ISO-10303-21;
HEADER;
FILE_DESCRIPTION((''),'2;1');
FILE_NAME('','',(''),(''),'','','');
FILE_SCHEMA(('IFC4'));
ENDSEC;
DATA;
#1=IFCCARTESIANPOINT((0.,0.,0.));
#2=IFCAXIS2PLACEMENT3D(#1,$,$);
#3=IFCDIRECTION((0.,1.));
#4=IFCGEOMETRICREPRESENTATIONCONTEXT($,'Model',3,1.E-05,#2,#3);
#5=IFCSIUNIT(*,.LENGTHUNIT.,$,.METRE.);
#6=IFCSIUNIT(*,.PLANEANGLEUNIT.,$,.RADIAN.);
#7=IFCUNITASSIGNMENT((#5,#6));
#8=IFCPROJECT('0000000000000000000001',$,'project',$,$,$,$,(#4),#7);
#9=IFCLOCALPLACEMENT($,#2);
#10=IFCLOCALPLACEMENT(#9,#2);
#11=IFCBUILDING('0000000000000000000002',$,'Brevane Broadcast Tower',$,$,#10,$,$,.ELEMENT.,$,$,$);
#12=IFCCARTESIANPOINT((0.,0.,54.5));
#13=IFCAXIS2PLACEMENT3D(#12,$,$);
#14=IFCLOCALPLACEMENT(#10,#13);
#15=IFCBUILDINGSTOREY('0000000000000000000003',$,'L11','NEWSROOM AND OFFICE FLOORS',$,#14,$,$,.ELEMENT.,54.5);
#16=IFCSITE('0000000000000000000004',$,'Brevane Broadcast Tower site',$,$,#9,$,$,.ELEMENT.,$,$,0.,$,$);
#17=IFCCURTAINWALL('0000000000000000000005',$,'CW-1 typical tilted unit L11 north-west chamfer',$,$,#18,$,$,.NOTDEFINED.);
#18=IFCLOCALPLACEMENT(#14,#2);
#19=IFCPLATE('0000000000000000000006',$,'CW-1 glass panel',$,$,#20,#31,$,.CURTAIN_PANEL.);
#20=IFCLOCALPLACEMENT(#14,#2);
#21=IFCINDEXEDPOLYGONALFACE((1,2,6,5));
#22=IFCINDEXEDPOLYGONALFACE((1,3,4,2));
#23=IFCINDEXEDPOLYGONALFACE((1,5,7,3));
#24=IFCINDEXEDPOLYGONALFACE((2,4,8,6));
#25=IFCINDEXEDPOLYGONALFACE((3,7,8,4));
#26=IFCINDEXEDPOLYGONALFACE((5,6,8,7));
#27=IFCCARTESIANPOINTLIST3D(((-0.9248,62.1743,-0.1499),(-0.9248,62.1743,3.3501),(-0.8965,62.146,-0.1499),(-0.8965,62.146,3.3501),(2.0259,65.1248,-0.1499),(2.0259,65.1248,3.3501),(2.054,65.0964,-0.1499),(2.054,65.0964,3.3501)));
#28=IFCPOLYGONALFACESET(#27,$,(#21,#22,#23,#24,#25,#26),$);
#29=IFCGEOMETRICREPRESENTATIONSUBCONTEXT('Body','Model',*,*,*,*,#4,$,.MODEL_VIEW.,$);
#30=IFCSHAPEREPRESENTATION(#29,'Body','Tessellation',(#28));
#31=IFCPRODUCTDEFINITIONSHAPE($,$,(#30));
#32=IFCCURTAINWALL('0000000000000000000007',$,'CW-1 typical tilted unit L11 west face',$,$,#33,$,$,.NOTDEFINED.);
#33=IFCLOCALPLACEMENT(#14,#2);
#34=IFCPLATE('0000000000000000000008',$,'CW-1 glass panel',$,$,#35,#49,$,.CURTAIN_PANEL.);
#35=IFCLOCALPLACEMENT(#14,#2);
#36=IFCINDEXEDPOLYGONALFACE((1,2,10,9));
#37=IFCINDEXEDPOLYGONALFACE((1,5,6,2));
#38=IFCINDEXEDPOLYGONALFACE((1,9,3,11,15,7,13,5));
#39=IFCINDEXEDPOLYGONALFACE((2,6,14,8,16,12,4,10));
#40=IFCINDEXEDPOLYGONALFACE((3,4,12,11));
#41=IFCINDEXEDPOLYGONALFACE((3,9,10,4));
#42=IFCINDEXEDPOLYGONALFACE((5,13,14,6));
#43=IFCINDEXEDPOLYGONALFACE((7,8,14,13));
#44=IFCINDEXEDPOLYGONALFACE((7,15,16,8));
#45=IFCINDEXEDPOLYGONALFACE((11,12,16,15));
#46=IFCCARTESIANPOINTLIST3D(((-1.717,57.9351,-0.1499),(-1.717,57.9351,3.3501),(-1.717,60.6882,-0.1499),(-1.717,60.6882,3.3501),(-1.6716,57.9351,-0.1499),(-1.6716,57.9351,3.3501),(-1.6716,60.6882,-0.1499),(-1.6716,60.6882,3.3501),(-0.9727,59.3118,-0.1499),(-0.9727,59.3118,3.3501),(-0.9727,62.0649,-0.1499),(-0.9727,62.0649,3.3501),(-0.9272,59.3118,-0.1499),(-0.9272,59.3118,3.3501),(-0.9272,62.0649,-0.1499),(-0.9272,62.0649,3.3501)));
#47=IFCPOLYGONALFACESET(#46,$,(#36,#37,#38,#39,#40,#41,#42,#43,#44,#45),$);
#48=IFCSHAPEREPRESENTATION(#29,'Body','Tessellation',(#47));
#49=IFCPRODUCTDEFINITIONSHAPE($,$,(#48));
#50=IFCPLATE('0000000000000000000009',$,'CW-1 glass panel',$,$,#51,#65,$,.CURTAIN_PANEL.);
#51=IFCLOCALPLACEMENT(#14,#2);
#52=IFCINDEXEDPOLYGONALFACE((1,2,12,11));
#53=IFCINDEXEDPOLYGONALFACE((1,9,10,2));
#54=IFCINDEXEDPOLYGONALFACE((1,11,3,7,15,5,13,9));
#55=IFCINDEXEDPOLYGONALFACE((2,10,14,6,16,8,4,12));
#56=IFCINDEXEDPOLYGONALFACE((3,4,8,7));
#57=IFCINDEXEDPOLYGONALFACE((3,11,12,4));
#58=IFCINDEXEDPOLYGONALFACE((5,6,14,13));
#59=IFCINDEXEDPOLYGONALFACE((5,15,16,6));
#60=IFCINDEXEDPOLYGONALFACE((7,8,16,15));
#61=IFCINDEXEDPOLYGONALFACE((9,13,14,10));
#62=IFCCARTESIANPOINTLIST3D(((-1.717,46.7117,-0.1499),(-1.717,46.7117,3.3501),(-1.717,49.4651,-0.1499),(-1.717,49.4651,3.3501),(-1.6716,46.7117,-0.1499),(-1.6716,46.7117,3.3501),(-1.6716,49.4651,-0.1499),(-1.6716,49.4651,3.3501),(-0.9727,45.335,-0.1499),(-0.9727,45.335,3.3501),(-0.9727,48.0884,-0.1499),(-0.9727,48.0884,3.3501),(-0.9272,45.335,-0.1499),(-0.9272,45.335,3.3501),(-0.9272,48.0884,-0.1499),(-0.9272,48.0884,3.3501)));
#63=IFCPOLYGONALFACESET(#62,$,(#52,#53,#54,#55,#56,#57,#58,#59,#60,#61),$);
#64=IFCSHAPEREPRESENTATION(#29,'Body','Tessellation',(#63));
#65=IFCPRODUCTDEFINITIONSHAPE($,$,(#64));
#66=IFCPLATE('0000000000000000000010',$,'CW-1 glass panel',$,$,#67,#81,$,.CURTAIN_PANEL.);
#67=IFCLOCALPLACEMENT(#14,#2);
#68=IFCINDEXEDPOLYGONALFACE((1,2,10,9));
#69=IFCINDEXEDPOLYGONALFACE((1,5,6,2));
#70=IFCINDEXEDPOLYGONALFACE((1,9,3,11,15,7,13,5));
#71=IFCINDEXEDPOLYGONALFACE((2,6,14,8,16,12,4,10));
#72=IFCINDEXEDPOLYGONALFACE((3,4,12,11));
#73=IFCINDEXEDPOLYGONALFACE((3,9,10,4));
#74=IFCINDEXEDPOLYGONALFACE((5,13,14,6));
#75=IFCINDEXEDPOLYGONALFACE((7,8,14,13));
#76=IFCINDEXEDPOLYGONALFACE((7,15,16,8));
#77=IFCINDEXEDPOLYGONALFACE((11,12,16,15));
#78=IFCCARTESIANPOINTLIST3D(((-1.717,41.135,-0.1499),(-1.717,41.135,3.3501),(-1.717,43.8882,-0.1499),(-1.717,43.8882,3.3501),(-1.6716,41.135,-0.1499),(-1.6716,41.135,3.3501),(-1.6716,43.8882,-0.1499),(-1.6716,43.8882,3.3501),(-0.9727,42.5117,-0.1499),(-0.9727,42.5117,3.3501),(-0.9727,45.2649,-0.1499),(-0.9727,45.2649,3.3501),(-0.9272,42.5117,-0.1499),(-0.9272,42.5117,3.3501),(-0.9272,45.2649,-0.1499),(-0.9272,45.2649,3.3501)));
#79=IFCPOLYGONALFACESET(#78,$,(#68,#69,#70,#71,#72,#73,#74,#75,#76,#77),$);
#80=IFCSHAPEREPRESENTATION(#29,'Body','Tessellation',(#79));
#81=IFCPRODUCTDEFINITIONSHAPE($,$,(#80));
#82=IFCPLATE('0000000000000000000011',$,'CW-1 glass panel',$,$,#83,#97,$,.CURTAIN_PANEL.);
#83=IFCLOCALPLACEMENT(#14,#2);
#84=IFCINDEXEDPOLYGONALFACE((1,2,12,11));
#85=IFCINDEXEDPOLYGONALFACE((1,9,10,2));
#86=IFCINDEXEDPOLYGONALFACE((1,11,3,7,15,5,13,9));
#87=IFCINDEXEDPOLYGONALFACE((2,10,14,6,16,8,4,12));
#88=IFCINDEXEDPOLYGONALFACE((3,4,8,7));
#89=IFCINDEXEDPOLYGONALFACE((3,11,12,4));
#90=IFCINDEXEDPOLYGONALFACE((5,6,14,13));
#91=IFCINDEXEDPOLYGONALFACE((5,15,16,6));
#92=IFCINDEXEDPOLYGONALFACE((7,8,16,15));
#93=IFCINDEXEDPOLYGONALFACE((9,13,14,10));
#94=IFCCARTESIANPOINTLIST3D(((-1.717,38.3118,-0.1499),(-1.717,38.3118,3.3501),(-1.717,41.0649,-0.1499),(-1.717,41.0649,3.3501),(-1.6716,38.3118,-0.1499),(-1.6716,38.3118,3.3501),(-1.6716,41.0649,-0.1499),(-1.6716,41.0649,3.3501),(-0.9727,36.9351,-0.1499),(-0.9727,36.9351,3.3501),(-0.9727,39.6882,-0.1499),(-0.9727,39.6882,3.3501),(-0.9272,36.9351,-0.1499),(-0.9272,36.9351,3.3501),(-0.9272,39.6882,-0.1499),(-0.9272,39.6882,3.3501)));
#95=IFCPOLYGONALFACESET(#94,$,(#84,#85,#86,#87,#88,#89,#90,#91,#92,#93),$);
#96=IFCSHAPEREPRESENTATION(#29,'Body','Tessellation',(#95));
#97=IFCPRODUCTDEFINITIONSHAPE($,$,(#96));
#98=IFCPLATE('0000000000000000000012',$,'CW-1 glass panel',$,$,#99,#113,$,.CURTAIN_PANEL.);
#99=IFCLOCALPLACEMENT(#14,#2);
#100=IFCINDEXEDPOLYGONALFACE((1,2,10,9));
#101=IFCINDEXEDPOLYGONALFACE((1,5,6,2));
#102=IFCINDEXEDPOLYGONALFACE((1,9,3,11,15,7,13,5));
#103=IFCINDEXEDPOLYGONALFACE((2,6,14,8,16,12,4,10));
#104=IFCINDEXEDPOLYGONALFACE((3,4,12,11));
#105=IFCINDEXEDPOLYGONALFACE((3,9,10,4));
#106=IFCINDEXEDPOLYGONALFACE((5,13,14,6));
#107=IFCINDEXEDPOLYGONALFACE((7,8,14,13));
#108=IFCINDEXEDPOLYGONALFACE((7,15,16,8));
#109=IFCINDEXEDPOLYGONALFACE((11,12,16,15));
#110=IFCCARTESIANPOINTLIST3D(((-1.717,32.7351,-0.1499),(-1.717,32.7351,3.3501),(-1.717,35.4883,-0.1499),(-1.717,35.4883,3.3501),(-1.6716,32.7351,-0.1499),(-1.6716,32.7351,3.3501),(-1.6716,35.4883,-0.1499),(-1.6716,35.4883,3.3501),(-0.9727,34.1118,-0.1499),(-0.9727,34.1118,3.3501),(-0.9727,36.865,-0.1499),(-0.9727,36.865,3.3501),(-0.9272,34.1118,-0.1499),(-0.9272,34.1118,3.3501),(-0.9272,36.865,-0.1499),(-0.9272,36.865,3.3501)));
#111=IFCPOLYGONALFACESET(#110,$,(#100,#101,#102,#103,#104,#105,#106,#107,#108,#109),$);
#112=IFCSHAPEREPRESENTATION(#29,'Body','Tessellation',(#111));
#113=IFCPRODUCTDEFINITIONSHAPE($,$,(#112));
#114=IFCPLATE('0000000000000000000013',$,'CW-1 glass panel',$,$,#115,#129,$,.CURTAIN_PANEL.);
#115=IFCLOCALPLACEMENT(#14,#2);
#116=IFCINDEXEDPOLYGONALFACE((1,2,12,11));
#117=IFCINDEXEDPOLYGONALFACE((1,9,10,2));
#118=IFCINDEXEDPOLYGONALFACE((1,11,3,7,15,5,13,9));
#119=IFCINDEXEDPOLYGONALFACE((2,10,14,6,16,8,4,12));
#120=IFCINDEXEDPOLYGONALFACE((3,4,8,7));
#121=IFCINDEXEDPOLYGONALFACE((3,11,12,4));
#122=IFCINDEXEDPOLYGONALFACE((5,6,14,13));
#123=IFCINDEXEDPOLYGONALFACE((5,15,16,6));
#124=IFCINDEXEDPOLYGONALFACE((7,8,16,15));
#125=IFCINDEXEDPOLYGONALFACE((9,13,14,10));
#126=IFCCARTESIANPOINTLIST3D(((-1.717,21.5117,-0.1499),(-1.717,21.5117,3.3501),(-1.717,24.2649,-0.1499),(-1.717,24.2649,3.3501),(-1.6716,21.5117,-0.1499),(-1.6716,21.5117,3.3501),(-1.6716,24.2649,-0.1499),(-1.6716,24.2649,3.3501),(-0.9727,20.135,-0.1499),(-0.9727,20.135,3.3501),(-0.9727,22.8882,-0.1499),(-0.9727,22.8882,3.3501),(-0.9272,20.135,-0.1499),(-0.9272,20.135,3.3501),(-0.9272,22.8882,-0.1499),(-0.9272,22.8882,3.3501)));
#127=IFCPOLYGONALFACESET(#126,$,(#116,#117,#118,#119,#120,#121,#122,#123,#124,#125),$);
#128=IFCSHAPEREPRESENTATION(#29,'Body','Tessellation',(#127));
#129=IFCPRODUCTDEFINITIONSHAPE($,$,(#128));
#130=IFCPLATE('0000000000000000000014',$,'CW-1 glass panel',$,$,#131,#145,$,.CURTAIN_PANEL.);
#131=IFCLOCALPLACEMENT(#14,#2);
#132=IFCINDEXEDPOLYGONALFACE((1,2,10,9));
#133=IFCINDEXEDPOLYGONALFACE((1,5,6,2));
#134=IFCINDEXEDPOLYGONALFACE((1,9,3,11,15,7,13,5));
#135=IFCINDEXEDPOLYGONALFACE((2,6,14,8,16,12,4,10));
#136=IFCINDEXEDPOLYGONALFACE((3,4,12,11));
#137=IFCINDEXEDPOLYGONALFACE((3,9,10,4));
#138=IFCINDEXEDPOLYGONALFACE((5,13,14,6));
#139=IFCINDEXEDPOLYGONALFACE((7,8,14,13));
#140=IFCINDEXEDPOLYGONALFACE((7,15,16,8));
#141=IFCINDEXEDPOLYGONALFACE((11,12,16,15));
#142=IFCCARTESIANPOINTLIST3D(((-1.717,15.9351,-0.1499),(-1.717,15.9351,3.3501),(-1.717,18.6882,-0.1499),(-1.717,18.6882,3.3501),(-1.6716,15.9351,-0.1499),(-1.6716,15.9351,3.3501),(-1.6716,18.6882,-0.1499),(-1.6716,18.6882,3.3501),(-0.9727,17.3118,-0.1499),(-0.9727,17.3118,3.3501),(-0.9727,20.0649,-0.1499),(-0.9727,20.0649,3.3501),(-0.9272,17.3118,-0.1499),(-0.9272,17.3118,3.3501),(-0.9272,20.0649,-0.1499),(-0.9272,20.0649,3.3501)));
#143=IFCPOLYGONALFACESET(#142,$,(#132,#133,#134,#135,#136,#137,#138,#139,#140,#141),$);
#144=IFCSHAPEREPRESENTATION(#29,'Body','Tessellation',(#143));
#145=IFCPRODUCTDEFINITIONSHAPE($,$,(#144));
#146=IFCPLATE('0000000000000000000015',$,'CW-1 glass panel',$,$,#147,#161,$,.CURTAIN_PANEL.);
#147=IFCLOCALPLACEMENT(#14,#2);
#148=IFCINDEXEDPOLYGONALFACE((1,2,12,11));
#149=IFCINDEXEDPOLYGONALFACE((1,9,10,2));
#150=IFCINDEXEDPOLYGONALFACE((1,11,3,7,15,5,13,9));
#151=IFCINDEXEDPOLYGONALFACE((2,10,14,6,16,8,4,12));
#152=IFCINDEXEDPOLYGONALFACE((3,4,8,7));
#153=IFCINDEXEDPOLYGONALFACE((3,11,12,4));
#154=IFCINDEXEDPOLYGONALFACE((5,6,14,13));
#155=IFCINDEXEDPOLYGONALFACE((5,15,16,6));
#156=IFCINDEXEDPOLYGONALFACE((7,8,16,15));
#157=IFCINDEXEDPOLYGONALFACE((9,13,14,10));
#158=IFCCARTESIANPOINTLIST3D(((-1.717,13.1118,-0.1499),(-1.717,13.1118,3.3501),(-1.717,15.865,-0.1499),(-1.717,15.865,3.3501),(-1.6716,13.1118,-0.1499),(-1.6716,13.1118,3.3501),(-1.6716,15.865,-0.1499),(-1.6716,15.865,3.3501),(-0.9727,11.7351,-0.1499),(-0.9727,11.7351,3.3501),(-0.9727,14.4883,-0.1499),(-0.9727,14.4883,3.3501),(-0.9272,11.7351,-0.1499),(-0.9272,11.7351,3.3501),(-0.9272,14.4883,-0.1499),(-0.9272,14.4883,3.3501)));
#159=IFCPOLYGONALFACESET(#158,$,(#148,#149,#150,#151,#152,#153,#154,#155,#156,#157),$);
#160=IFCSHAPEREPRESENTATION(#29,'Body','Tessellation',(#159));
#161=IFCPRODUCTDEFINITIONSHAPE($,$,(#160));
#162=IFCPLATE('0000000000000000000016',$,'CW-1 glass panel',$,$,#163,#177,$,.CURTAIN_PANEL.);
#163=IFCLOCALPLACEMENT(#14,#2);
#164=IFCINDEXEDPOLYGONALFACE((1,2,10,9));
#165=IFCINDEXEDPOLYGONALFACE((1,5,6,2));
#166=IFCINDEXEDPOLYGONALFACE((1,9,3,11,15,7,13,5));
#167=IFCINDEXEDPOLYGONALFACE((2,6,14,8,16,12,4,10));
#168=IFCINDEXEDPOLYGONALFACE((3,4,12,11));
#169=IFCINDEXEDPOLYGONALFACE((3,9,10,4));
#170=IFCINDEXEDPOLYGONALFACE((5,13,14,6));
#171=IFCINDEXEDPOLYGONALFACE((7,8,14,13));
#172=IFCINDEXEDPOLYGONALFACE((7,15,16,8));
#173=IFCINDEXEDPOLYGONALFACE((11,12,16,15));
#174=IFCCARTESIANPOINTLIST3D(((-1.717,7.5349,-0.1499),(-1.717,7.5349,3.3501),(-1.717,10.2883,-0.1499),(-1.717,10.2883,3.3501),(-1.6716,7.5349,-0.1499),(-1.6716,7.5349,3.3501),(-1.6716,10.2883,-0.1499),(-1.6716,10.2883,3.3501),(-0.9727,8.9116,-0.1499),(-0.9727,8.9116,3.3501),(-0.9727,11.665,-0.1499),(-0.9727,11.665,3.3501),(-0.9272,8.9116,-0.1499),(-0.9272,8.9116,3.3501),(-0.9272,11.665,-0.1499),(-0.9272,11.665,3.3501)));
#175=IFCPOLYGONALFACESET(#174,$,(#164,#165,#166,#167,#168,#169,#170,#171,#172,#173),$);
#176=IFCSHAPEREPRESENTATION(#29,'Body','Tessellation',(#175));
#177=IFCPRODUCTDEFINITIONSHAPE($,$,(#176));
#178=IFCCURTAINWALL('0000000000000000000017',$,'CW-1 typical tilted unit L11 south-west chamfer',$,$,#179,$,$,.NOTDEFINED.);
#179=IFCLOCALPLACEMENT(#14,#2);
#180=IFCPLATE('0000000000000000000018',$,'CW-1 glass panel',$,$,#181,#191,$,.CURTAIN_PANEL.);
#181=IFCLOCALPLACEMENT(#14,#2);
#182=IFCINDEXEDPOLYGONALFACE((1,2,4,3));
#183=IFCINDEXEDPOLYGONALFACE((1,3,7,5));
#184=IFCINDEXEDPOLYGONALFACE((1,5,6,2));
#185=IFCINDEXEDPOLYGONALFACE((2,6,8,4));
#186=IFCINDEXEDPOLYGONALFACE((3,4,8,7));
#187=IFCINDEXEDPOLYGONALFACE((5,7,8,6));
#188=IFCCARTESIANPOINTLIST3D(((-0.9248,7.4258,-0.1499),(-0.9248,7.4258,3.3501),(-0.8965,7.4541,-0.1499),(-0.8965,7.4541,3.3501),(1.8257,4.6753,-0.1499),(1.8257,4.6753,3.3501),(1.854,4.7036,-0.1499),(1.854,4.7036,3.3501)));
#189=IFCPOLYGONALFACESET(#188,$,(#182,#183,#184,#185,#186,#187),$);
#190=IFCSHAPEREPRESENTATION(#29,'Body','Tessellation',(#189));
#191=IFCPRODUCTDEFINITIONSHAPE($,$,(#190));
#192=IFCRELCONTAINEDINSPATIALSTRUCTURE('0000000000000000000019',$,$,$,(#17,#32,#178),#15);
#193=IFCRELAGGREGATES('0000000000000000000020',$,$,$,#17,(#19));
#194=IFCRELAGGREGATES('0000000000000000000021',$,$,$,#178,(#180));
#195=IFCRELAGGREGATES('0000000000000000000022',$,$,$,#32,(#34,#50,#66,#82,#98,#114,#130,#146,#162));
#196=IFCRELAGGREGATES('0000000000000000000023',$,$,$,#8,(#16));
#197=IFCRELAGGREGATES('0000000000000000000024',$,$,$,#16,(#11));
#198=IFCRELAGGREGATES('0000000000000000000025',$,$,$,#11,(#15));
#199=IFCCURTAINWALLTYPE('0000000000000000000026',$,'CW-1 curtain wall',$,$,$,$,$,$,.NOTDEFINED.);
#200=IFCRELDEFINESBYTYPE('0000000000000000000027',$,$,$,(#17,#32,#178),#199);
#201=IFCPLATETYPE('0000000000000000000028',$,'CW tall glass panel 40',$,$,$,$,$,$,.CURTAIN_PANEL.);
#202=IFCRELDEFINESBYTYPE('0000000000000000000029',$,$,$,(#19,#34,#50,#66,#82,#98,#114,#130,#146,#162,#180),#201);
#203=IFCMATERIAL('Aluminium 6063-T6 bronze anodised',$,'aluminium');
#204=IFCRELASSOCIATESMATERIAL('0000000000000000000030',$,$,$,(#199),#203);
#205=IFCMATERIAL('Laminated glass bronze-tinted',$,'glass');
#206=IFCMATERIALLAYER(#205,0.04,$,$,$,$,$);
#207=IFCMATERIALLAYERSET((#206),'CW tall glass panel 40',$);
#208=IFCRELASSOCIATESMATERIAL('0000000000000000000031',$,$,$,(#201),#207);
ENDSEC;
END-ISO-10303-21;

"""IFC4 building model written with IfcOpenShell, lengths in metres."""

from ifc_helpers import new_model, si_unit, direction, frame, origin, place, context, subcontext, project, spatial, polyline, outline, extrude, material, layer, layer_set, type_object, element, aggregate, save


model = new_model("IFC4")

# Units and contexts
model_context = context("Model", 3, precision=1e-05, world=origin(), true_north=direction((0.0, 1.0)))
body_context = subcontext(model_context, "Body", "Model", "MODEL_VIEW")
ifc_project = project(units=[si_unit("LENGTHUNIT", "METRE"), si_unit("PLANEANGLEUNIT", "RADIAN")], contexts=[model_context])

# Site, building, storey
site_placement = place(None, origin())
site = spatial("IfcSite", under=ifc_project, at=site_placement, Name="Brevane Broadcast Tower site", CompositionType="ELEMENT", RefElevation=0.0)
building_placement = place(site_placement, origin())
building = spatial("IfcBuilding", under=site, at=building_placement, Name="Brevane Broadcast Tower", CompositionType="ELEMENT")
storey_placement = place(building_placement, frame((0.0, 0.0, 54.5)))
storey = spatial("IfcBuildingStorey", under=building, at=storey_placement, Name="L11", Description="NEWSROOM AND OFFICE FLOORS", CompositionType="ELEMENT", Elevation=54.5)

# Curtain wall, plate
ifc_material_1 = material(Name="Aluminium 6063-T6 bronze anodised", Category="aluminium")
curtain_wall_type = type_object("IfcCurtainWallType", Name="CW-1 curtain wall", PredefinedType="NOTDEFINED", material=ifc_material_1)
curtain_wall_1_placement = place(storey_placement, origin())
curtain_wall_1 = element("IfcCurtainWall", 1, at=curtain_wall_1_placement, inside=storey, type_object=curtain_wall_type, Name="CW-1 typical tilted unit L11 north-west chamfer", PredefinedType="NOTDEFINED")
ifc_material_2 = material(Name="Laminated glass bronze-tinted", Category="glass")
ifc_layer_1 = layer(ifc_material_2, 0.04)
ifc_layer_set_1 = layer_set([ifc_layer_1], Name="CW tall glass panel 40")
plate_type = type_object("IfcPlateType", Name="CW tall glass panel 40", PredefinedType="CURTAIN_PANEL", material=ifc_layer_set_1)
plate_1_placement = place(storey_placement, frame((0.0, 0.0, -0.1499)))
plate_1 = element("IfcPlate", 2, at=plate_1_placement, type_object=plate_type, Name="CW-1 glass panel", PredefinedType="CURTAIN_PANEL", context=body_context, shape_type="SweptSolid", body=[
    extrude(outline(polyline([(2.054, 65.0964), (-0.8965, 62.146), (-0.9248, 62.1743), (2.0259, 65.1248), (2.054, 65.0964)])), origin(), (0.0, 0.0, 1.0), 3.5),
])
aggregate(curtain_wall_1, [plate_1])

# Curtain walls, plates
curtain_wall_2_placement = place(storey_placement, origin())
curtain_wall_2 = element("IfcCurtainWall", 3, at=curtain_wall_2_placement, inside=storey, type_object=curtain_wall_type, Name="CW-1 typical tilted unit L11 west face", PredefinedType="NOTDEFINED")
plate_2_placement = place(storey_placement, frame((0.0, 0.0, -0.1499)))
plate_2 = element("IfcPlate", 4, at=plate_2_placement, type_object=plate_type, Name="CW-1 glass panel", PredefinedType="CURTAIN_PANEL", context=body_context, shape_type="SweptSolid", body=[
    extrude(outline(polyline([(-0.9272, 62.0649), (-0.9727, 62.0649), (-1.717, 60.6882), (-0.9727, 59.3118), (-1.717, 57.9351), (-1.6716, 57.9351), (-0.9272, 59.3118), (-1.6716, 60.6882), (-0.9272, 62.0649)])), origin(), (0.0, 0.0, 1.0), 3.5),
])
plate_3_placement = place(storey_placement, frame((0.0, 0.0, -0.1499)))
plate_3 = element("IfcPlate", 5, at=plate_3_placement, type_object=plate_type, Name="CW-1 glass panel", PredefinedType="CURTAIN_PANEL", context=body_context, shape_type="SweptSolid", body=[
    extrude(outline(polyline([(-1.6716, 49.4651), (-1.717, 49.4651), (-0.9727, 48.0884), (-1.717, 46.7117), (-0.9727, 45.335), (-0.9272, 45.335), (-1.6716, 46.7117), (-0.9272, 48.0884), (-1.6716, 49.4651)])), origin(), (0.0, 0.0, 1.0), 3.5),
])
plate_4_placement = place(storey_placement, frame((0.0, 0.0, -0.1499)))
plate_4 = element("IfcPlate", 6, at=plate_4_placement, type_object=plate_type, Name="CW-1 glass panel", PredefinedType="CURTAIN_PANEL", context=body_context, shape_type="SweptSolid", body=[
    extrude(outline(polyline([(-0.9272, 45.2649), (-0.9727, 45.2649), (-1.717, 43.8882), (-0.9727, 42.5117), (-1.717, 41.135), (-1.6716, 41.135), (-0.9272, 42.5117), (-1.6716, 43.8882), (-0.9272, 45.2649)])), origin(), (0.0, 0.0, 1.0), 3.5),
])
plate_5_placement = place(storey_placement, frame((0.0, 0.0, -0.1499)))
plate_5 = element("IfcPlate", 7, at=plate_5_placement, type_object=plate_type, Name="CW-1 glass panel", PredefinedType="CURTAIN_PANEL", context=body_context, shape_type="SweptSolid", body=[
    extrude(outline(polyline([(-1.6716, 41.0649), (-1.717, 41.0649), (-0.9727, 39.6882), (-1.717, 38.3118), (-0.9727, 36.9351), (-0.9272, 36.9351), (-1.6716, 38.3118), (-0.9272, 39.6882), (-1.6716, 41.0649)])), origin(), (0.0, 0.0, 1.0), 3.5),
])
plate_6_placement = place(storey_placement, frame((0.0, 0.0, -0.1499)))
plate_6 = element("IfcPlate", 8, at=plate_6_placement, type_object=plate_type, Name="CW-1 glass panel", PredefinedType="CURTAIN_PANEL", context=body_context, shape_type="SweptSolid", body=[
    extrude(outline(polyline([(-0.9272, 36.865), (-0.9727, 36.865), (-1.717, 35.4883), (-0.9727, 34.1118), (-1.717, 32.7351), (-1.6716, 32.7351), (-0.9272, 34.1118), (-1.6716, 35.4883), (-0.9272, 36.865)])), origin(), (0.0, 0.0, 1.0), 3.5),
])
plate_7_placement = place(storey_placement, frame((0.0, 0.0, -0.1499)))
plate_7 = element("IfcPlate", 9, at=plate_7_placement, type_object=plate_type, Name="CW-1 glass panel", PredefinedType="CURTAIN_PANEL", context=body_context, shape_type="SweptSolid", body=[
    extrude(outline(polyline([(-1.6716, 24.2649), (-1.717, 24.2649), (-0.9727, 22.8882), (-1.717, 21.5117), (-0.9727, 20.135), (-0.9272, 20.135), (-1.6716, 21.5117), (-0.9272, 22.8882), (-1.6716, 24.2649)])), origin(), (0.0, 0.0, 1.0), 3.5),
])
plate_8_placement = place(storey_placement, frame((0.0, 0.0, -0.1499)))
plate_8 = element("IfcPlate", 10, at=plate_8_placement, type_object=plate_type, Name="CW-1 glass panel", PredefinedType="CURTAIN_PANEL", context=body_context, shape_type="SweptSolid", body=[
    extrude(outline(polyline([(-0.9272, 20.0649), (-0.9727, 20.0649), (-1.717, 18.6882), (-0.9727, 17.3118), (-1.717, 15.9351), (-1.6716, 15.9351), (-0.9272, 17.3118), (-1.6716, 18.6882), (-0.9272, 20.0649)])), origin(), (0.0, 0.0, 1.0), 3.5),
])
plate_9_placement = place(storey_placement, frame((0.0, 0.0, -0.1499)))
plate_9 = element("IfcPlate", 11, at=plate_9_placement, type_object=plate_type, Name="CW-1 glass panel", PredefinedType="CURTAIN_PANEL", context=body_context, shape_type="SweptSolid", body=[
    extrude(outline(polyline([(-1.6716, 15.865), (-1.717, 15.865), (-0.9727, 14.4883), (-1.717, 13.1118), (-0.9727, 11.7351), (-0.9272, 11.7351), (-1.6716, 13.1118), (-0.9272, 14.4883), (-1.6716, 15.865)])), origin(), (0.0, 0.0, 1.0), 3.5),
])
plate_10_placement = place(storey_placement, frame((0.0, 0.0, -0.1499)))
plate_10 = element("IfcPlate", 12, at=plate_10_placement, type_object=plate_type, Name="CW-1 glass panel", PredefinedType="CURTAIN_PANEL", context=body_context, shape_type="SweptSolid", body=[
    extrude(outline(polyline([(-0.9272, 11.665), (-0.9727, 11.665), (-1.717, 10.2883), (-0.9727, 8.9116), (-1.717, 7.5349), (-1.6716, 7.5349), (-0.9272, 8.9116), (-1.6716, 10.2883), (-0.9272, 11.665)])), origin(), (0.0, 0.0, 1.0), 3.5),
])
curtain_wall_3_placement = place(storey_placement, origin())
curtain_wall_3 = element("IfcCurtainWall", 13, at=curtain_wall_3_placement, inside=storey, type_object=curtain_wall_type, Name="CW-1 typical tilted unit L11 south-west chamfer", PredefinedType="NOTDEFINED")
plate_11_placement = place(storey_placement, frame((0.0, 0.0, -0.1499)))
plate_11 = element("IfcPlate", 14, at=plate_11_placement, type_object=plate_type, Name="CW-1 glass panel", PredefinedType="CURTAIN_PANEL", context=body_context, shape_type="SweptSolid", body=[
    extrude(outline(polyline([(-0.8965, 7.4541), (1.854, 4.7036), (1.8257, 4.6753), (-0.9248, 7.4258), (-0.8965, 7.4541)])), origin(), (0.0, 0.0, 1.0), 3.5),
])
aggregate(curtain_wall_3, [plate_11])

aggregate(curtain_wall_2, [plate_2, plate_3, plate_4, plate_5, plate_6, plate_7, plate_8, plate_9, plate_10])

save(model, "model.ifc")
